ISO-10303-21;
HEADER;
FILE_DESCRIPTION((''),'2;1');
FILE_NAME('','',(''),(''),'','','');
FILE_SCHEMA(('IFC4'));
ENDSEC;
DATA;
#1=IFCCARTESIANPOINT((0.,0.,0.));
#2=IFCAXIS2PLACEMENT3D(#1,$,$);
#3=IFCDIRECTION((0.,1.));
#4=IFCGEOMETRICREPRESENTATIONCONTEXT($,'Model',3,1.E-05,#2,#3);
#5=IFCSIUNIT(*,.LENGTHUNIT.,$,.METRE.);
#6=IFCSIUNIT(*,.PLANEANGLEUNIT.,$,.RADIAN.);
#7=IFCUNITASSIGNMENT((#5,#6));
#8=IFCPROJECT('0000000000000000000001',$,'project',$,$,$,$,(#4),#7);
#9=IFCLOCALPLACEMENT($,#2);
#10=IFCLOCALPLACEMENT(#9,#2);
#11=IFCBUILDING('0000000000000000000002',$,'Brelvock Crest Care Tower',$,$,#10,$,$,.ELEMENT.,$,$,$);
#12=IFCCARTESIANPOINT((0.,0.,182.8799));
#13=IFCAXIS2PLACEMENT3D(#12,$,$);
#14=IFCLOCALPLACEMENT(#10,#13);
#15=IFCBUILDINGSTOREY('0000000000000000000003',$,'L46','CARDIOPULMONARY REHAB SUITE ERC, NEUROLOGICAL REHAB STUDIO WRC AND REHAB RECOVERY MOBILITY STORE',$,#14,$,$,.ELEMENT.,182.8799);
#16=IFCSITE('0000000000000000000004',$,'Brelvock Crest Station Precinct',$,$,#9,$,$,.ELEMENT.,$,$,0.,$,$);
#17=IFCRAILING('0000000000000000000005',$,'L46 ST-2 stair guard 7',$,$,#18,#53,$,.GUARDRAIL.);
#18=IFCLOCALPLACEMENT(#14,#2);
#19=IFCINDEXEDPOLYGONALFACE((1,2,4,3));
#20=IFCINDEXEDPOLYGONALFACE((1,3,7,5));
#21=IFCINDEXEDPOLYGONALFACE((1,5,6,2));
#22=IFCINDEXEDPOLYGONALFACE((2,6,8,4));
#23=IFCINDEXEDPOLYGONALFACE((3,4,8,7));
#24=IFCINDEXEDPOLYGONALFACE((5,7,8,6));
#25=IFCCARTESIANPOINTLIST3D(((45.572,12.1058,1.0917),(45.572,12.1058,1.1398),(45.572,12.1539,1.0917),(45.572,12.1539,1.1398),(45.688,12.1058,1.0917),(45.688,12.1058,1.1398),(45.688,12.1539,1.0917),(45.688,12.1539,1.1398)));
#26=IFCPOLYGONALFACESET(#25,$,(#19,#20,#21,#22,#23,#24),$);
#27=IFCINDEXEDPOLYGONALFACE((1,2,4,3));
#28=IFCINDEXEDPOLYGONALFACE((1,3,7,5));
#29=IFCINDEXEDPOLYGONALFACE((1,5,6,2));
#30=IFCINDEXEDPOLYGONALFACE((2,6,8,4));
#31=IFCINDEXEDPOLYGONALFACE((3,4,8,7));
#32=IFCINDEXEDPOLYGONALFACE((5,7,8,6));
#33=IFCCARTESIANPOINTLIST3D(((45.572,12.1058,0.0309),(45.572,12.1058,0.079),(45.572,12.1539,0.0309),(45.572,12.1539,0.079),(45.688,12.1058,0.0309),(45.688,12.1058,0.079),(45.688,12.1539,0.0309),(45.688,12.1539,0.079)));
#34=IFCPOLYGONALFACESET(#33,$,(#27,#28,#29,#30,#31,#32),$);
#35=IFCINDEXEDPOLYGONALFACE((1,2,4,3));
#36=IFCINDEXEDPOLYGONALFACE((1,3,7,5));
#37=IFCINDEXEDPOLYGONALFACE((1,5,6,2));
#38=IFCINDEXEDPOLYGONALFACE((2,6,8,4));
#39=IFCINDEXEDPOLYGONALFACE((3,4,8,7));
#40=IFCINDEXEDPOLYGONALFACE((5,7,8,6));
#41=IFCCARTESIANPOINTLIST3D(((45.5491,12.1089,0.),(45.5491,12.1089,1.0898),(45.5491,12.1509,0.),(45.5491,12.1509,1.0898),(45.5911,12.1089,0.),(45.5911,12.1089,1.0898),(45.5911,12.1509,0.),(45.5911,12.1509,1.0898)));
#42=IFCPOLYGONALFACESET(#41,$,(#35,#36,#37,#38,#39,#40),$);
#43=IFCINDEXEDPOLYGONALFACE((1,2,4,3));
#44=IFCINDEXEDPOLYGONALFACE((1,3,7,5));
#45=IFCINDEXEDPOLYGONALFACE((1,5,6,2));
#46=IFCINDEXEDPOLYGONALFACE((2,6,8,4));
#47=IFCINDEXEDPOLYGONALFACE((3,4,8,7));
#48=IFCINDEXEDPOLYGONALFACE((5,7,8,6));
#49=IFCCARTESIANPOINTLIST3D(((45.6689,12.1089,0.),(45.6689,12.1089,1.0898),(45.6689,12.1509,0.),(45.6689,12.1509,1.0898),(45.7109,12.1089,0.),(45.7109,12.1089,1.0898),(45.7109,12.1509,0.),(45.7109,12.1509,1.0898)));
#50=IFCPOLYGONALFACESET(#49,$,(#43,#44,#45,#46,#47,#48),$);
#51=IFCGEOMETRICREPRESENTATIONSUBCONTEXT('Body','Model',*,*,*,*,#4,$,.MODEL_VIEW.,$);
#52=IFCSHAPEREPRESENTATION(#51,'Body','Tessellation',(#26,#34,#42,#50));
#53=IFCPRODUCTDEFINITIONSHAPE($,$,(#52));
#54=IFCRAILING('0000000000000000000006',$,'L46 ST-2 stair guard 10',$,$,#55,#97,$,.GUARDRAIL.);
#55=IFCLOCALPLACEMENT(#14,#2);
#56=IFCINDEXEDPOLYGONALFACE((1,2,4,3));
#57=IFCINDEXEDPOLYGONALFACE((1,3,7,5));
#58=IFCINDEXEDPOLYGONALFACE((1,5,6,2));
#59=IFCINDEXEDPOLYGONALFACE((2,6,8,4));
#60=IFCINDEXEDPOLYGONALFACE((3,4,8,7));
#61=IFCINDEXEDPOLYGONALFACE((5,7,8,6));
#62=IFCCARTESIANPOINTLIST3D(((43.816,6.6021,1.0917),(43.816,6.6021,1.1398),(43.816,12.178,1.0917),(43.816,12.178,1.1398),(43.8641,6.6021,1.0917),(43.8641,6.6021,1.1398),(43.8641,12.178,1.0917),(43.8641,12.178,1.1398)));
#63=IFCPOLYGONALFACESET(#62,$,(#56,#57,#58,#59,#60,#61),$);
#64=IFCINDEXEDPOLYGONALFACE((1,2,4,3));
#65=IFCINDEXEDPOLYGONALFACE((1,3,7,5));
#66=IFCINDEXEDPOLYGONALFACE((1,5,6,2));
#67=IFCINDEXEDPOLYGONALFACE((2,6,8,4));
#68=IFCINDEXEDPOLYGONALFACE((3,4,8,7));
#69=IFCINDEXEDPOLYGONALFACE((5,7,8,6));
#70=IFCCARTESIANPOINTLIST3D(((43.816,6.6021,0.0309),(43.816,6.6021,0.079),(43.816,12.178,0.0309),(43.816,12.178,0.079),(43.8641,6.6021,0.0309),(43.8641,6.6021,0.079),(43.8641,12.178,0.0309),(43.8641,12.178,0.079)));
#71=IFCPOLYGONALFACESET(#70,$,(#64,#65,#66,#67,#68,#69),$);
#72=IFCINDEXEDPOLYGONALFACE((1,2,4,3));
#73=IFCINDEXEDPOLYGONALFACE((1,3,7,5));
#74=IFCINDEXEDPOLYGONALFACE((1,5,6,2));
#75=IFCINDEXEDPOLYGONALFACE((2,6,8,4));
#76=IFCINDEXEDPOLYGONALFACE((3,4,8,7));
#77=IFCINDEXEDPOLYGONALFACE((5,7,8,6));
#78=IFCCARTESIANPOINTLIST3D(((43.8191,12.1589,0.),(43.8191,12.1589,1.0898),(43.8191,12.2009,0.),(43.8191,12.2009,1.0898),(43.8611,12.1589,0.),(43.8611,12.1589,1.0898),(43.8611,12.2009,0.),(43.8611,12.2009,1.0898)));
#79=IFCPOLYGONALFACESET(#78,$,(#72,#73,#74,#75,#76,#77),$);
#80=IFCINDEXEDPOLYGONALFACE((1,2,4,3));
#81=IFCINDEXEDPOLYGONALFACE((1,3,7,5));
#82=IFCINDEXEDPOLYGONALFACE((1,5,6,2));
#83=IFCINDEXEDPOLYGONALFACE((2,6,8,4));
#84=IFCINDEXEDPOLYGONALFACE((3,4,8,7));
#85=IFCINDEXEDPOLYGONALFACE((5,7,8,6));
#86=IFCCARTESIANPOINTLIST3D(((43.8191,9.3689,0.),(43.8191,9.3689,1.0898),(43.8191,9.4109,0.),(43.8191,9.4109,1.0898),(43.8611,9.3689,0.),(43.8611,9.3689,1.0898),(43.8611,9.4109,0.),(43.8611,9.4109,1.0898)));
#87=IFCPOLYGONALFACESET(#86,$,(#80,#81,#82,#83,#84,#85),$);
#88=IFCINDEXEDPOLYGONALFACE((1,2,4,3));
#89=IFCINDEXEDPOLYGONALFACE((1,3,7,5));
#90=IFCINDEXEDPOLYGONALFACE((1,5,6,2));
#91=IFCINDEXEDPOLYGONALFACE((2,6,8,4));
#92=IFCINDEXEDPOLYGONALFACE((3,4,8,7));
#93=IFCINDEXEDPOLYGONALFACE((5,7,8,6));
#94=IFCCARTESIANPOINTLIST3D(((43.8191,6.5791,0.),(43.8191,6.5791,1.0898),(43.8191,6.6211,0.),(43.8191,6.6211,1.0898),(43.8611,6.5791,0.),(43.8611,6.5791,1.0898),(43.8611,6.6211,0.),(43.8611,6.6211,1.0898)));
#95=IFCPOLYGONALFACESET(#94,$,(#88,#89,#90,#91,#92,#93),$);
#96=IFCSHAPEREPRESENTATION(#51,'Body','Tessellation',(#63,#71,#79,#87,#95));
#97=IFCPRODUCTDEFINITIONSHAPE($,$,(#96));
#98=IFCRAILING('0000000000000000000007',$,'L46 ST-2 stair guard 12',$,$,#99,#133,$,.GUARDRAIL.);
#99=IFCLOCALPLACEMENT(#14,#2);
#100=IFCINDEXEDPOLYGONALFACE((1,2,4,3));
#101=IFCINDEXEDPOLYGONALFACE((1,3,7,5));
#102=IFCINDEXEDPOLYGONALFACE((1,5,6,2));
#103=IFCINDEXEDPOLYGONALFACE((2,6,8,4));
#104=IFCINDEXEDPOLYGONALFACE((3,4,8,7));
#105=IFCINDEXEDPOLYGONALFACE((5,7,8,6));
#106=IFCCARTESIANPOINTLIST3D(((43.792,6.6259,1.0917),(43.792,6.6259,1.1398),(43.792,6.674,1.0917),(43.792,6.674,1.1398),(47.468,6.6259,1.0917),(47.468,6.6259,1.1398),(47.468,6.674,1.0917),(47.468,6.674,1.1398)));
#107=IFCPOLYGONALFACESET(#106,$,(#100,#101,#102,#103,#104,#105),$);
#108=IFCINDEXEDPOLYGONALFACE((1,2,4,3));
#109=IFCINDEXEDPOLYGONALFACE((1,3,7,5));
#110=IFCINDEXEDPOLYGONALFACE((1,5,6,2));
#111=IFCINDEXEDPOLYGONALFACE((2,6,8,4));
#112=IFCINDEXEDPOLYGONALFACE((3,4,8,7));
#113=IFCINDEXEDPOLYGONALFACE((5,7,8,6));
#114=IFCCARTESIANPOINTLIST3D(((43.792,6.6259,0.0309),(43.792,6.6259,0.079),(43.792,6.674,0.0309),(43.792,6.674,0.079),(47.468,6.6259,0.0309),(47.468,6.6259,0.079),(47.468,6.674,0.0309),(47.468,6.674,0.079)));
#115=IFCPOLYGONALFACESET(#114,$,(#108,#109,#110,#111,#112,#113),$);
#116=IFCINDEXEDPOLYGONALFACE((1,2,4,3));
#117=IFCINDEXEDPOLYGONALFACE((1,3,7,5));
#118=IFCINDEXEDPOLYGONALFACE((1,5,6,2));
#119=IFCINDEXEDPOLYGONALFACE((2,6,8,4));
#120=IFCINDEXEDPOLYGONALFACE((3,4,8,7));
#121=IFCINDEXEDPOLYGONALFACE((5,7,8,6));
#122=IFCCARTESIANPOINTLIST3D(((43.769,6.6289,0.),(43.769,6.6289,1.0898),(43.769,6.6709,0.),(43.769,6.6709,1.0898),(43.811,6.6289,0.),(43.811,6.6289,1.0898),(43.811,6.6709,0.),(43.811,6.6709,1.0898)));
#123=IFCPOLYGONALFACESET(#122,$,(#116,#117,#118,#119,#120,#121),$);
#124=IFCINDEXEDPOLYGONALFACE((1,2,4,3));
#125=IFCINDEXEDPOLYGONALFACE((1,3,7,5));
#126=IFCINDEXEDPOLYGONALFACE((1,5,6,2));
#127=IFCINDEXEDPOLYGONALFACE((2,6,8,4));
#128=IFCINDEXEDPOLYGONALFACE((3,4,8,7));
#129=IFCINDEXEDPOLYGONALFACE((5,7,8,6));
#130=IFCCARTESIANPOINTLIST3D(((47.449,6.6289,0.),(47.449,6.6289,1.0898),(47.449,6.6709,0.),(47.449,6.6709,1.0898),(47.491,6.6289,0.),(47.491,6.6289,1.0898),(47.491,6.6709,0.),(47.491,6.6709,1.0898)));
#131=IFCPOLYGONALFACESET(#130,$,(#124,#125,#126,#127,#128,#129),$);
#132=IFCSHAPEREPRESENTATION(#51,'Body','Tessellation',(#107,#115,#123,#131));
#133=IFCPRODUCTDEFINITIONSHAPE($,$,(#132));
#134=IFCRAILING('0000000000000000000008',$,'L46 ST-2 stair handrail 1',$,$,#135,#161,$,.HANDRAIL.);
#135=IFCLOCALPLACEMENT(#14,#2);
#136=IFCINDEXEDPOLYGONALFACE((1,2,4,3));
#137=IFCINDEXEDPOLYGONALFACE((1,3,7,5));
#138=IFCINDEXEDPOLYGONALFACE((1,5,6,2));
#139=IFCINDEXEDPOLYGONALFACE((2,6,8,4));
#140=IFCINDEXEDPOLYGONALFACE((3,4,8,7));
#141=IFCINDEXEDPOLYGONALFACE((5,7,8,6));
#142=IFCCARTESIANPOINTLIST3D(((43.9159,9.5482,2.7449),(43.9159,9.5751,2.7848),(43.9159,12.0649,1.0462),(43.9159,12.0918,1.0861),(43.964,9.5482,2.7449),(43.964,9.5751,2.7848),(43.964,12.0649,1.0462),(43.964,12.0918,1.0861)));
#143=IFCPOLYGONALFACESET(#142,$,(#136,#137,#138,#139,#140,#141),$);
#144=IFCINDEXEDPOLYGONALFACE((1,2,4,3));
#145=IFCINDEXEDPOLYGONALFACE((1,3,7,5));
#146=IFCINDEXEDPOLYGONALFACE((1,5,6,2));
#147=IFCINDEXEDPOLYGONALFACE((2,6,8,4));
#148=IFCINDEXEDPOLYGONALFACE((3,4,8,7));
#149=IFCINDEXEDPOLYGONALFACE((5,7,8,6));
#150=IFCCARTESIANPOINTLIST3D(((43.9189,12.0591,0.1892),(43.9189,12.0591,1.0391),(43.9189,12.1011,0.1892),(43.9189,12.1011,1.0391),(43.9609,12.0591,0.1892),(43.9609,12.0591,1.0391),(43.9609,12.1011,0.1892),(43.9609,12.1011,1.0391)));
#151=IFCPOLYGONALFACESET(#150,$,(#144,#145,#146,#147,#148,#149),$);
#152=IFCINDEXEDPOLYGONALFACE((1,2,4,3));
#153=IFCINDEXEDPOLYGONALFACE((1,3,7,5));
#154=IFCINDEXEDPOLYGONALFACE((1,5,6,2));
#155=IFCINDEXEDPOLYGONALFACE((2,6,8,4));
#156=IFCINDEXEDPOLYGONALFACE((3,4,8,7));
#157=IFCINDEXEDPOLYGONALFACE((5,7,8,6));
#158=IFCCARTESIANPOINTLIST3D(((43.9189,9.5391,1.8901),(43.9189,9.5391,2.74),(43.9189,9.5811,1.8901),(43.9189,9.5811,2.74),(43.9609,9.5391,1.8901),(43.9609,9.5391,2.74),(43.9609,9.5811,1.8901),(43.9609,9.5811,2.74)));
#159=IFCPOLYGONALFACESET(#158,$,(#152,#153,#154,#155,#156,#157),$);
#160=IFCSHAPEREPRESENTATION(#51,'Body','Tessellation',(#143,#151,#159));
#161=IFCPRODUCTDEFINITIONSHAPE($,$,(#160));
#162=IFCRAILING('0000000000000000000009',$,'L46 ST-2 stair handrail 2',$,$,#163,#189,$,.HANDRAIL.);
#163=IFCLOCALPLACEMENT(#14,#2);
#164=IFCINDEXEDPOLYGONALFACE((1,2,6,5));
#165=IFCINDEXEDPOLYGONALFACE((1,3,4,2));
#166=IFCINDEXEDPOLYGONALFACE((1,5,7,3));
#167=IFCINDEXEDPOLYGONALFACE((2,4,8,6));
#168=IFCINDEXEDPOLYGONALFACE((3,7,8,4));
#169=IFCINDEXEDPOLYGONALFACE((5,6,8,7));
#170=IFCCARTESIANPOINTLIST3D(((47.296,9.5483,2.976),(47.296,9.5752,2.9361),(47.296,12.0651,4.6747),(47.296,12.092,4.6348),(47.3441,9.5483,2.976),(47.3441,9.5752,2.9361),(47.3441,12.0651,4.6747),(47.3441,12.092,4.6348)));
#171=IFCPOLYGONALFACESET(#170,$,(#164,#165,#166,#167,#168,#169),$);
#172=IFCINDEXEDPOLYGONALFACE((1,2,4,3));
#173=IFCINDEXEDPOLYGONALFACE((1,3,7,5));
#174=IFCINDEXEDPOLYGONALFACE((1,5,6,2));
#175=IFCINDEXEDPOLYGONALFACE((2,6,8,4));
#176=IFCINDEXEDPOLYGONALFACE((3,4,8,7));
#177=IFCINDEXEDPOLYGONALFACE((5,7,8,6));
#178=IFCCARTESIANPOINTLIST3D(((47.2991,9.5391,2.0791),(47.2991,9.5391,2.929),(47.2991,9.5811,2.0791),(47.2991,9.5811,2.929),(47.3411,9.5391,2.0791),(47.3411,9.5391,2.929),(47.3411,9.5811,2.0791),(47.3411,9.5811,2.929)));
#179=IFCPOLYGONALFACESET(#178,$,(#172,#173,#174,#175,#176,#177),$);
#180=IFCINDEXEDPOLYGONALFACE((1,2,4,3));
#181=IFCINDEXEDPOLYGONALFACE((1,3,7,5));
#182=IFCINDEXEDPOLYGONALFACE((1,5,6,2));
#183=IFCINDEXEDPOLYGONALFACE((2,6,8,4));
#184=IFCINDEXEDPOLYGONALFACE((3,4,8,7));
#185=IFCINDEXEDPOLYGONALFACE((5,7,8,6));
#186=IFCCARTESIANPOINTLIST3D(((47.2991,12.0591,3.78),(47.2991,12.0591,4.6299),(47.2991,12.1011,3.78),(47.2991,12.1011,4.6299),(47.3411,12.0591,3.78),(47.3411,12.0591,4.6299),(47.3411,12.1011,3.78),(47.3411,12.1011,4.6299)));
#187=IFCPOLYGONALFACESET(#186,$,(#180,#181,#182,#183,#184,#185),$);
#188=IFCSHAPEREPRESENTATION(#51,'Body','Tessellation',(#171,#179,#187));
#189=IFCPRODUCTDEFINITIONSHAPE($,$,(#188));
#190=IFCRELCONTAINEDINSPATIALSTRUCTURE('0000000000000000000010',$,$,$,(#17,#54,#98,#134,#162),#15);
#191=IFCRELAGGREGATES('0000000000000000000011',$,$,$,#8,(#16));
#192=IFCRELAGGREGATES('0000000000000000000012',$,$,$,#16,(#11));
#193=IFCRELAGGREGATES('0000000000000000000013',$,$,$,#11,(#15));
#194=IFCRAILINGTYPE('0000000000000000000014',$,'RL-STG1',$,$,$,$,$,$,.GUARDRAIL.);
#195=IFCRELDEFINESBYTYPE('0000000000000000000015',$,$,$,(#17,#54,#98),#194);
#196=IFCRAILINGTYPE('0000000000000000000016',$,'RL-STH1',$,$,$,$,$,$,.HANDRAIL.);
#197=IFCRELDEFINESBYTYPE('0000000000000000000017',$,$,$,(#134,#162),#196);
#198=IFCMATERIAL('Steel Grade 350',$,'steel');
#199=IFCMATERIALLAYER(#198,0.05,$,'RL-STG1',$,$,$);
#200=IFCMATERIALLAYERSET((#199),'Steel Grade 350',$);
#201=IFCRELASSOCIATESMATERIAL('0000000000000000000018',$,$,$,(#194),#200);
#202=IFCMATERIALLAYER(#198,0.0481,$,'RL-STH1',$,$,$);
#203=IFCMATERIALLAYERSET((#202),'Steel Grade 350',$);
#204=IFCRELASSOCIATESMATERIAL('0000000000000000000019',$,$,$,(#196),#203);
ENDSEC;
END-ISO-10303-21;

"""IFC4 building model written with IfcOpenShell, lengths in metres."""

from ifc_helpers import new_model, si_unit, direction, frame, origin, origin_2d, place, context, subcontext, project, spatial, rectangle, extrude, material, layer, layer_set, type_object, element, save


model = new_model("IFC4")

# Units and contexts
model_context = context("Model", 3, precision=1e-05, world=origin(), true_north=direction((0.0, 1.0)))
body_context = subcontext(model_context, "Body", "Model", "MODEL_VIEW")
ifc_project = project(units=[si_unit("LENGTHUNIT", "METRE"), si_unit("PLANEANGLEUNIT", "RADIAN")], contexts=[model_context])

# Site, building, storey
site_placement = place(None, origin())
site = spatial("IfcSite", under=ifc_project, at=site_placement, Name="Brelvock Crest Station Precinct", CompositionType="ELEMENT", RefElevation=0.0)
building_placement = place(site_placement, origin())
building = spatial("IfcBuilding", under=site, at=building_placement, Name="Brelvock Crest Care Tower", CompositionType="ELEMENT")
storey_placement = place(building_placement, frame((0.0, 0.0, 182.8799)))
storey = spatial("IfcBuildingStorey", under=building, at=storey_placement, Name="L46", Description="CARDIOPULMONARY REHAB SUITE ERC, NEUROLOGICAL REHAB STUDIO WRC AND REHAB RECOVERY MOBILITY STORE", CompositionType="ELEMENT", Elevation=182.8799)

# Shared definitions
ifc_material_1 = material(Name="Steel Grade 350", Category="steel")

# Railings
ifc_layer_1 = layer(ifc_material_1, 0.05, Name="RL-STG1")
ifc_layer_set_1 = layer_set([ifc_layer_1], Name="Steel Grade 350")
railing_type_1 = type_object("IfcRailingType", Name="RL-STG1", PredefinedType="GUARDRAIL", material=ifc_layer_set_1)
railing_1_placement = place(storey_placement, frame((45.5701, 12.1299, 0.0)))
element("IfcRailing", 1, at=railing_1_placement, inside=storey, type_object=railing_type_1, Name="L46 ST-2 stair guard 7", PredefinedType="GUARDRAIL", context=body_context, shape_type="SweptSolid", body=[
    extrude(rectangle(XDim=0.0481, YDim=0.0481, at=origin_2d()), frame((0.002, 0.0, 1.1157), z_axis=(1.0, 0.0, 0.0), x_axis=(0.0, 1.0, 0.0)), (0.0, 0.0, 1.0), 0.116),
    extrude(rectangle(XDim=0.0481, YDim=0.0481, at=origin_2d()), frame((0.002, 0.0, 0.0549), z_axis=(1.0, 0.0, 0.0), x_axis=(0.0, 1.0, 0.0)), (0.0, 0.0, 1.0), 0.116),
    extrude(rectangle(XDim=0.042, YDim=0.042, at=origin_2d()), origin(), (0.0, 0.0, 1.0), 1.0898),
    extrude(rectangle(XDim=0.042, YDim=0.042, at=origin_2d()), frame((0.1199, 0.0, 0.0)), (0.0, 0.0, 1.0), 1.0898),
])
railing_2_placement = place(storey_placement, frame((43.8401, 12.1799, 0.0)))
element("IfcRailing", 2, at=railing_2_placement, inside=storey, type_object=railing_type_1, Name="L46 ST-2 stair guard 10", PredefinedType="GUARDRAIL", context=body_context, shape_type="SweptSolid", body=[
    extrude(rectangle(XDim=0.0481, YDim=0.0481, at=origin_2d()), frame((0.0, -0.002, 1.1157), z_axis=(0.0, -1.0, 0.0), x_axis=(1.0, 0.0, 0.0)), (0.0, 0.0, 1.0), 5.5759),
    extrude(rectangle(XDim=0.0481, YDim=0.0481, at=origin_2d()), frame((0.0, -0.002, 0.0549), z_axis=(0.0, -1.0, 0.0), x_axis=(1.0, 0.0, 0.0)), (0.0, 0.0, 1.0), 5.5759),
    extrude(rectangle(XDim=0.042, YDim=0.042, at=origin_2d()), origin(), (0.0, 0.0, 1.0), 1.0898),
    extrude(rectangle(XDim=0.042, YDim=0.042, at=origin_2d()), frame((0.0, -2.79, 0.0)), (0.0, 0.0, 1.0), 1.0898),
    extrude(rectangle(XDim=0.042, YDim=0.042, at=origin_2d()), frame((0.0, -5.5798, 0.0)), (0.0, 0.0, 1.0), 1.0898),
])
railing_3_placement = place(storey_placement, frame((43.79, 6.6499, 0.0)))
element("IfcRailing", 3, at=railing_3_placement, inside=storey, type_object=railing_type_1, Name="L46 ST-2 stair guard 12", PredefinedType="GUARDRAIL", context=body_context, shape_type="SweptSolid", body=[
    extrude(rectangle(XDim=0.0481, YDim=0.0481, at=origin_2d()), frame((0.002, 0.0, 1.1157), z_axis=(1.0, 0.0, 0.0), x_axis=(0.0, 1.0, 0.0)), (0.0, 0.0, 1.0), 3.676),
    extrude(rectangle(XDim=0.0481, YDim=0.0481, at=origin_2d()), frame((0.002, 0.0, 0.0549), z_axis=(1.0, 0.0, 0.0), x_axis=(0.0, 1.0, 0.0)), (0.0, 0.0, 1.0), 3.676),
    extrude(rectangle(XDim=0.042, YDim=0.042, at=origin_2d()), origin(), (0.0, 0.0, 1.0), 1.0898),
    extrude(rectangle(XDim=0.042, YDim=0.042, at=origin_2d()), frame((3.6799, 0.0, 0.0)), (0.0, 0.0, 1.0), 1.0898),
])
ifc_layer_2 = layer(ifc_material_1, 0.0481, Name="RL-STH1")
ifc_layer_set_2 = layer_set([ifc_layer_2], Name="Steel Grade 350")
railing_type_2 = type_object("IfcRailingType", Name="RL-STH1", PredefinedType="HANDRAIL", material=ifc_layer_set_2)
railing_4_placement = place(storey_placement, frame((43.9399, 12.0801, 0.1892)))
element("IfcRailing", 4, at=railing_4_placement, inside=storey, type_object=railing_type_2, Name="L46 ST-2 stair handrail 1", PredefinedType="HANDRAIL", context=body_context, shape_type="SweptSolid", body=[
    extrude(rectangle(XDim=0.0481, YDim=0.0481, at=origin_2d()), frame((0.0, -0.0017, 0.877), z_axis=(0.0, -0.828862, 0.559454), x_axis=(1.0, 0.0, 0.0)), (0.0, 0.0, 1.0), 3.0364),
    extrude(rectangle(XDim=0.042, YDim=0.042, at=origin_2d()), origin(), (0.0, 0.0, 1.0), 0.8499),
    extrude(rectangle(XDim=0.042, YDim=0.042, at=origin_2d()), frame((0.0, -2.52, 1.7009)), (0.0, 0.0, 1.0), 0.8499),
])
railing_5_placement = place(storey_placement, frame((47.3201, 9.5601, 2.0791)))
element("IfcRailing", 5, at=railing_5_placement, inside=storey, type_object=railing_type_2, Name="L46 ST-2 stair handrail 2", PredefinedType="HANDRAIL", context=body_context, shape_type="SweptSolid", body=[
    extrude(rectangle(XDim=0.0481, YDim=0.0481, at=origin_2d()), frame((0.0, 0.0017, 0.877), z_axis=(0.0, 0.828862, 0.559454), x_axis=(-1.0, 0.0, 0.0)), (0.0, 0.0, 1.0), 3.0364),
    extrude(rectangle(XDim=0.042, YDim=0.042, at=origin_2d()), origin(), (0.0, 0.0, 1.0), 0.8499),
    extrude(rectangle(XDim=0.042, YDim=0.042, at=origin_2d()), frame((0.0, 2.52, 1.7009)), (0.0, 0.0, 1.0), 0.8499),
])

save(model, "model.ifc")
